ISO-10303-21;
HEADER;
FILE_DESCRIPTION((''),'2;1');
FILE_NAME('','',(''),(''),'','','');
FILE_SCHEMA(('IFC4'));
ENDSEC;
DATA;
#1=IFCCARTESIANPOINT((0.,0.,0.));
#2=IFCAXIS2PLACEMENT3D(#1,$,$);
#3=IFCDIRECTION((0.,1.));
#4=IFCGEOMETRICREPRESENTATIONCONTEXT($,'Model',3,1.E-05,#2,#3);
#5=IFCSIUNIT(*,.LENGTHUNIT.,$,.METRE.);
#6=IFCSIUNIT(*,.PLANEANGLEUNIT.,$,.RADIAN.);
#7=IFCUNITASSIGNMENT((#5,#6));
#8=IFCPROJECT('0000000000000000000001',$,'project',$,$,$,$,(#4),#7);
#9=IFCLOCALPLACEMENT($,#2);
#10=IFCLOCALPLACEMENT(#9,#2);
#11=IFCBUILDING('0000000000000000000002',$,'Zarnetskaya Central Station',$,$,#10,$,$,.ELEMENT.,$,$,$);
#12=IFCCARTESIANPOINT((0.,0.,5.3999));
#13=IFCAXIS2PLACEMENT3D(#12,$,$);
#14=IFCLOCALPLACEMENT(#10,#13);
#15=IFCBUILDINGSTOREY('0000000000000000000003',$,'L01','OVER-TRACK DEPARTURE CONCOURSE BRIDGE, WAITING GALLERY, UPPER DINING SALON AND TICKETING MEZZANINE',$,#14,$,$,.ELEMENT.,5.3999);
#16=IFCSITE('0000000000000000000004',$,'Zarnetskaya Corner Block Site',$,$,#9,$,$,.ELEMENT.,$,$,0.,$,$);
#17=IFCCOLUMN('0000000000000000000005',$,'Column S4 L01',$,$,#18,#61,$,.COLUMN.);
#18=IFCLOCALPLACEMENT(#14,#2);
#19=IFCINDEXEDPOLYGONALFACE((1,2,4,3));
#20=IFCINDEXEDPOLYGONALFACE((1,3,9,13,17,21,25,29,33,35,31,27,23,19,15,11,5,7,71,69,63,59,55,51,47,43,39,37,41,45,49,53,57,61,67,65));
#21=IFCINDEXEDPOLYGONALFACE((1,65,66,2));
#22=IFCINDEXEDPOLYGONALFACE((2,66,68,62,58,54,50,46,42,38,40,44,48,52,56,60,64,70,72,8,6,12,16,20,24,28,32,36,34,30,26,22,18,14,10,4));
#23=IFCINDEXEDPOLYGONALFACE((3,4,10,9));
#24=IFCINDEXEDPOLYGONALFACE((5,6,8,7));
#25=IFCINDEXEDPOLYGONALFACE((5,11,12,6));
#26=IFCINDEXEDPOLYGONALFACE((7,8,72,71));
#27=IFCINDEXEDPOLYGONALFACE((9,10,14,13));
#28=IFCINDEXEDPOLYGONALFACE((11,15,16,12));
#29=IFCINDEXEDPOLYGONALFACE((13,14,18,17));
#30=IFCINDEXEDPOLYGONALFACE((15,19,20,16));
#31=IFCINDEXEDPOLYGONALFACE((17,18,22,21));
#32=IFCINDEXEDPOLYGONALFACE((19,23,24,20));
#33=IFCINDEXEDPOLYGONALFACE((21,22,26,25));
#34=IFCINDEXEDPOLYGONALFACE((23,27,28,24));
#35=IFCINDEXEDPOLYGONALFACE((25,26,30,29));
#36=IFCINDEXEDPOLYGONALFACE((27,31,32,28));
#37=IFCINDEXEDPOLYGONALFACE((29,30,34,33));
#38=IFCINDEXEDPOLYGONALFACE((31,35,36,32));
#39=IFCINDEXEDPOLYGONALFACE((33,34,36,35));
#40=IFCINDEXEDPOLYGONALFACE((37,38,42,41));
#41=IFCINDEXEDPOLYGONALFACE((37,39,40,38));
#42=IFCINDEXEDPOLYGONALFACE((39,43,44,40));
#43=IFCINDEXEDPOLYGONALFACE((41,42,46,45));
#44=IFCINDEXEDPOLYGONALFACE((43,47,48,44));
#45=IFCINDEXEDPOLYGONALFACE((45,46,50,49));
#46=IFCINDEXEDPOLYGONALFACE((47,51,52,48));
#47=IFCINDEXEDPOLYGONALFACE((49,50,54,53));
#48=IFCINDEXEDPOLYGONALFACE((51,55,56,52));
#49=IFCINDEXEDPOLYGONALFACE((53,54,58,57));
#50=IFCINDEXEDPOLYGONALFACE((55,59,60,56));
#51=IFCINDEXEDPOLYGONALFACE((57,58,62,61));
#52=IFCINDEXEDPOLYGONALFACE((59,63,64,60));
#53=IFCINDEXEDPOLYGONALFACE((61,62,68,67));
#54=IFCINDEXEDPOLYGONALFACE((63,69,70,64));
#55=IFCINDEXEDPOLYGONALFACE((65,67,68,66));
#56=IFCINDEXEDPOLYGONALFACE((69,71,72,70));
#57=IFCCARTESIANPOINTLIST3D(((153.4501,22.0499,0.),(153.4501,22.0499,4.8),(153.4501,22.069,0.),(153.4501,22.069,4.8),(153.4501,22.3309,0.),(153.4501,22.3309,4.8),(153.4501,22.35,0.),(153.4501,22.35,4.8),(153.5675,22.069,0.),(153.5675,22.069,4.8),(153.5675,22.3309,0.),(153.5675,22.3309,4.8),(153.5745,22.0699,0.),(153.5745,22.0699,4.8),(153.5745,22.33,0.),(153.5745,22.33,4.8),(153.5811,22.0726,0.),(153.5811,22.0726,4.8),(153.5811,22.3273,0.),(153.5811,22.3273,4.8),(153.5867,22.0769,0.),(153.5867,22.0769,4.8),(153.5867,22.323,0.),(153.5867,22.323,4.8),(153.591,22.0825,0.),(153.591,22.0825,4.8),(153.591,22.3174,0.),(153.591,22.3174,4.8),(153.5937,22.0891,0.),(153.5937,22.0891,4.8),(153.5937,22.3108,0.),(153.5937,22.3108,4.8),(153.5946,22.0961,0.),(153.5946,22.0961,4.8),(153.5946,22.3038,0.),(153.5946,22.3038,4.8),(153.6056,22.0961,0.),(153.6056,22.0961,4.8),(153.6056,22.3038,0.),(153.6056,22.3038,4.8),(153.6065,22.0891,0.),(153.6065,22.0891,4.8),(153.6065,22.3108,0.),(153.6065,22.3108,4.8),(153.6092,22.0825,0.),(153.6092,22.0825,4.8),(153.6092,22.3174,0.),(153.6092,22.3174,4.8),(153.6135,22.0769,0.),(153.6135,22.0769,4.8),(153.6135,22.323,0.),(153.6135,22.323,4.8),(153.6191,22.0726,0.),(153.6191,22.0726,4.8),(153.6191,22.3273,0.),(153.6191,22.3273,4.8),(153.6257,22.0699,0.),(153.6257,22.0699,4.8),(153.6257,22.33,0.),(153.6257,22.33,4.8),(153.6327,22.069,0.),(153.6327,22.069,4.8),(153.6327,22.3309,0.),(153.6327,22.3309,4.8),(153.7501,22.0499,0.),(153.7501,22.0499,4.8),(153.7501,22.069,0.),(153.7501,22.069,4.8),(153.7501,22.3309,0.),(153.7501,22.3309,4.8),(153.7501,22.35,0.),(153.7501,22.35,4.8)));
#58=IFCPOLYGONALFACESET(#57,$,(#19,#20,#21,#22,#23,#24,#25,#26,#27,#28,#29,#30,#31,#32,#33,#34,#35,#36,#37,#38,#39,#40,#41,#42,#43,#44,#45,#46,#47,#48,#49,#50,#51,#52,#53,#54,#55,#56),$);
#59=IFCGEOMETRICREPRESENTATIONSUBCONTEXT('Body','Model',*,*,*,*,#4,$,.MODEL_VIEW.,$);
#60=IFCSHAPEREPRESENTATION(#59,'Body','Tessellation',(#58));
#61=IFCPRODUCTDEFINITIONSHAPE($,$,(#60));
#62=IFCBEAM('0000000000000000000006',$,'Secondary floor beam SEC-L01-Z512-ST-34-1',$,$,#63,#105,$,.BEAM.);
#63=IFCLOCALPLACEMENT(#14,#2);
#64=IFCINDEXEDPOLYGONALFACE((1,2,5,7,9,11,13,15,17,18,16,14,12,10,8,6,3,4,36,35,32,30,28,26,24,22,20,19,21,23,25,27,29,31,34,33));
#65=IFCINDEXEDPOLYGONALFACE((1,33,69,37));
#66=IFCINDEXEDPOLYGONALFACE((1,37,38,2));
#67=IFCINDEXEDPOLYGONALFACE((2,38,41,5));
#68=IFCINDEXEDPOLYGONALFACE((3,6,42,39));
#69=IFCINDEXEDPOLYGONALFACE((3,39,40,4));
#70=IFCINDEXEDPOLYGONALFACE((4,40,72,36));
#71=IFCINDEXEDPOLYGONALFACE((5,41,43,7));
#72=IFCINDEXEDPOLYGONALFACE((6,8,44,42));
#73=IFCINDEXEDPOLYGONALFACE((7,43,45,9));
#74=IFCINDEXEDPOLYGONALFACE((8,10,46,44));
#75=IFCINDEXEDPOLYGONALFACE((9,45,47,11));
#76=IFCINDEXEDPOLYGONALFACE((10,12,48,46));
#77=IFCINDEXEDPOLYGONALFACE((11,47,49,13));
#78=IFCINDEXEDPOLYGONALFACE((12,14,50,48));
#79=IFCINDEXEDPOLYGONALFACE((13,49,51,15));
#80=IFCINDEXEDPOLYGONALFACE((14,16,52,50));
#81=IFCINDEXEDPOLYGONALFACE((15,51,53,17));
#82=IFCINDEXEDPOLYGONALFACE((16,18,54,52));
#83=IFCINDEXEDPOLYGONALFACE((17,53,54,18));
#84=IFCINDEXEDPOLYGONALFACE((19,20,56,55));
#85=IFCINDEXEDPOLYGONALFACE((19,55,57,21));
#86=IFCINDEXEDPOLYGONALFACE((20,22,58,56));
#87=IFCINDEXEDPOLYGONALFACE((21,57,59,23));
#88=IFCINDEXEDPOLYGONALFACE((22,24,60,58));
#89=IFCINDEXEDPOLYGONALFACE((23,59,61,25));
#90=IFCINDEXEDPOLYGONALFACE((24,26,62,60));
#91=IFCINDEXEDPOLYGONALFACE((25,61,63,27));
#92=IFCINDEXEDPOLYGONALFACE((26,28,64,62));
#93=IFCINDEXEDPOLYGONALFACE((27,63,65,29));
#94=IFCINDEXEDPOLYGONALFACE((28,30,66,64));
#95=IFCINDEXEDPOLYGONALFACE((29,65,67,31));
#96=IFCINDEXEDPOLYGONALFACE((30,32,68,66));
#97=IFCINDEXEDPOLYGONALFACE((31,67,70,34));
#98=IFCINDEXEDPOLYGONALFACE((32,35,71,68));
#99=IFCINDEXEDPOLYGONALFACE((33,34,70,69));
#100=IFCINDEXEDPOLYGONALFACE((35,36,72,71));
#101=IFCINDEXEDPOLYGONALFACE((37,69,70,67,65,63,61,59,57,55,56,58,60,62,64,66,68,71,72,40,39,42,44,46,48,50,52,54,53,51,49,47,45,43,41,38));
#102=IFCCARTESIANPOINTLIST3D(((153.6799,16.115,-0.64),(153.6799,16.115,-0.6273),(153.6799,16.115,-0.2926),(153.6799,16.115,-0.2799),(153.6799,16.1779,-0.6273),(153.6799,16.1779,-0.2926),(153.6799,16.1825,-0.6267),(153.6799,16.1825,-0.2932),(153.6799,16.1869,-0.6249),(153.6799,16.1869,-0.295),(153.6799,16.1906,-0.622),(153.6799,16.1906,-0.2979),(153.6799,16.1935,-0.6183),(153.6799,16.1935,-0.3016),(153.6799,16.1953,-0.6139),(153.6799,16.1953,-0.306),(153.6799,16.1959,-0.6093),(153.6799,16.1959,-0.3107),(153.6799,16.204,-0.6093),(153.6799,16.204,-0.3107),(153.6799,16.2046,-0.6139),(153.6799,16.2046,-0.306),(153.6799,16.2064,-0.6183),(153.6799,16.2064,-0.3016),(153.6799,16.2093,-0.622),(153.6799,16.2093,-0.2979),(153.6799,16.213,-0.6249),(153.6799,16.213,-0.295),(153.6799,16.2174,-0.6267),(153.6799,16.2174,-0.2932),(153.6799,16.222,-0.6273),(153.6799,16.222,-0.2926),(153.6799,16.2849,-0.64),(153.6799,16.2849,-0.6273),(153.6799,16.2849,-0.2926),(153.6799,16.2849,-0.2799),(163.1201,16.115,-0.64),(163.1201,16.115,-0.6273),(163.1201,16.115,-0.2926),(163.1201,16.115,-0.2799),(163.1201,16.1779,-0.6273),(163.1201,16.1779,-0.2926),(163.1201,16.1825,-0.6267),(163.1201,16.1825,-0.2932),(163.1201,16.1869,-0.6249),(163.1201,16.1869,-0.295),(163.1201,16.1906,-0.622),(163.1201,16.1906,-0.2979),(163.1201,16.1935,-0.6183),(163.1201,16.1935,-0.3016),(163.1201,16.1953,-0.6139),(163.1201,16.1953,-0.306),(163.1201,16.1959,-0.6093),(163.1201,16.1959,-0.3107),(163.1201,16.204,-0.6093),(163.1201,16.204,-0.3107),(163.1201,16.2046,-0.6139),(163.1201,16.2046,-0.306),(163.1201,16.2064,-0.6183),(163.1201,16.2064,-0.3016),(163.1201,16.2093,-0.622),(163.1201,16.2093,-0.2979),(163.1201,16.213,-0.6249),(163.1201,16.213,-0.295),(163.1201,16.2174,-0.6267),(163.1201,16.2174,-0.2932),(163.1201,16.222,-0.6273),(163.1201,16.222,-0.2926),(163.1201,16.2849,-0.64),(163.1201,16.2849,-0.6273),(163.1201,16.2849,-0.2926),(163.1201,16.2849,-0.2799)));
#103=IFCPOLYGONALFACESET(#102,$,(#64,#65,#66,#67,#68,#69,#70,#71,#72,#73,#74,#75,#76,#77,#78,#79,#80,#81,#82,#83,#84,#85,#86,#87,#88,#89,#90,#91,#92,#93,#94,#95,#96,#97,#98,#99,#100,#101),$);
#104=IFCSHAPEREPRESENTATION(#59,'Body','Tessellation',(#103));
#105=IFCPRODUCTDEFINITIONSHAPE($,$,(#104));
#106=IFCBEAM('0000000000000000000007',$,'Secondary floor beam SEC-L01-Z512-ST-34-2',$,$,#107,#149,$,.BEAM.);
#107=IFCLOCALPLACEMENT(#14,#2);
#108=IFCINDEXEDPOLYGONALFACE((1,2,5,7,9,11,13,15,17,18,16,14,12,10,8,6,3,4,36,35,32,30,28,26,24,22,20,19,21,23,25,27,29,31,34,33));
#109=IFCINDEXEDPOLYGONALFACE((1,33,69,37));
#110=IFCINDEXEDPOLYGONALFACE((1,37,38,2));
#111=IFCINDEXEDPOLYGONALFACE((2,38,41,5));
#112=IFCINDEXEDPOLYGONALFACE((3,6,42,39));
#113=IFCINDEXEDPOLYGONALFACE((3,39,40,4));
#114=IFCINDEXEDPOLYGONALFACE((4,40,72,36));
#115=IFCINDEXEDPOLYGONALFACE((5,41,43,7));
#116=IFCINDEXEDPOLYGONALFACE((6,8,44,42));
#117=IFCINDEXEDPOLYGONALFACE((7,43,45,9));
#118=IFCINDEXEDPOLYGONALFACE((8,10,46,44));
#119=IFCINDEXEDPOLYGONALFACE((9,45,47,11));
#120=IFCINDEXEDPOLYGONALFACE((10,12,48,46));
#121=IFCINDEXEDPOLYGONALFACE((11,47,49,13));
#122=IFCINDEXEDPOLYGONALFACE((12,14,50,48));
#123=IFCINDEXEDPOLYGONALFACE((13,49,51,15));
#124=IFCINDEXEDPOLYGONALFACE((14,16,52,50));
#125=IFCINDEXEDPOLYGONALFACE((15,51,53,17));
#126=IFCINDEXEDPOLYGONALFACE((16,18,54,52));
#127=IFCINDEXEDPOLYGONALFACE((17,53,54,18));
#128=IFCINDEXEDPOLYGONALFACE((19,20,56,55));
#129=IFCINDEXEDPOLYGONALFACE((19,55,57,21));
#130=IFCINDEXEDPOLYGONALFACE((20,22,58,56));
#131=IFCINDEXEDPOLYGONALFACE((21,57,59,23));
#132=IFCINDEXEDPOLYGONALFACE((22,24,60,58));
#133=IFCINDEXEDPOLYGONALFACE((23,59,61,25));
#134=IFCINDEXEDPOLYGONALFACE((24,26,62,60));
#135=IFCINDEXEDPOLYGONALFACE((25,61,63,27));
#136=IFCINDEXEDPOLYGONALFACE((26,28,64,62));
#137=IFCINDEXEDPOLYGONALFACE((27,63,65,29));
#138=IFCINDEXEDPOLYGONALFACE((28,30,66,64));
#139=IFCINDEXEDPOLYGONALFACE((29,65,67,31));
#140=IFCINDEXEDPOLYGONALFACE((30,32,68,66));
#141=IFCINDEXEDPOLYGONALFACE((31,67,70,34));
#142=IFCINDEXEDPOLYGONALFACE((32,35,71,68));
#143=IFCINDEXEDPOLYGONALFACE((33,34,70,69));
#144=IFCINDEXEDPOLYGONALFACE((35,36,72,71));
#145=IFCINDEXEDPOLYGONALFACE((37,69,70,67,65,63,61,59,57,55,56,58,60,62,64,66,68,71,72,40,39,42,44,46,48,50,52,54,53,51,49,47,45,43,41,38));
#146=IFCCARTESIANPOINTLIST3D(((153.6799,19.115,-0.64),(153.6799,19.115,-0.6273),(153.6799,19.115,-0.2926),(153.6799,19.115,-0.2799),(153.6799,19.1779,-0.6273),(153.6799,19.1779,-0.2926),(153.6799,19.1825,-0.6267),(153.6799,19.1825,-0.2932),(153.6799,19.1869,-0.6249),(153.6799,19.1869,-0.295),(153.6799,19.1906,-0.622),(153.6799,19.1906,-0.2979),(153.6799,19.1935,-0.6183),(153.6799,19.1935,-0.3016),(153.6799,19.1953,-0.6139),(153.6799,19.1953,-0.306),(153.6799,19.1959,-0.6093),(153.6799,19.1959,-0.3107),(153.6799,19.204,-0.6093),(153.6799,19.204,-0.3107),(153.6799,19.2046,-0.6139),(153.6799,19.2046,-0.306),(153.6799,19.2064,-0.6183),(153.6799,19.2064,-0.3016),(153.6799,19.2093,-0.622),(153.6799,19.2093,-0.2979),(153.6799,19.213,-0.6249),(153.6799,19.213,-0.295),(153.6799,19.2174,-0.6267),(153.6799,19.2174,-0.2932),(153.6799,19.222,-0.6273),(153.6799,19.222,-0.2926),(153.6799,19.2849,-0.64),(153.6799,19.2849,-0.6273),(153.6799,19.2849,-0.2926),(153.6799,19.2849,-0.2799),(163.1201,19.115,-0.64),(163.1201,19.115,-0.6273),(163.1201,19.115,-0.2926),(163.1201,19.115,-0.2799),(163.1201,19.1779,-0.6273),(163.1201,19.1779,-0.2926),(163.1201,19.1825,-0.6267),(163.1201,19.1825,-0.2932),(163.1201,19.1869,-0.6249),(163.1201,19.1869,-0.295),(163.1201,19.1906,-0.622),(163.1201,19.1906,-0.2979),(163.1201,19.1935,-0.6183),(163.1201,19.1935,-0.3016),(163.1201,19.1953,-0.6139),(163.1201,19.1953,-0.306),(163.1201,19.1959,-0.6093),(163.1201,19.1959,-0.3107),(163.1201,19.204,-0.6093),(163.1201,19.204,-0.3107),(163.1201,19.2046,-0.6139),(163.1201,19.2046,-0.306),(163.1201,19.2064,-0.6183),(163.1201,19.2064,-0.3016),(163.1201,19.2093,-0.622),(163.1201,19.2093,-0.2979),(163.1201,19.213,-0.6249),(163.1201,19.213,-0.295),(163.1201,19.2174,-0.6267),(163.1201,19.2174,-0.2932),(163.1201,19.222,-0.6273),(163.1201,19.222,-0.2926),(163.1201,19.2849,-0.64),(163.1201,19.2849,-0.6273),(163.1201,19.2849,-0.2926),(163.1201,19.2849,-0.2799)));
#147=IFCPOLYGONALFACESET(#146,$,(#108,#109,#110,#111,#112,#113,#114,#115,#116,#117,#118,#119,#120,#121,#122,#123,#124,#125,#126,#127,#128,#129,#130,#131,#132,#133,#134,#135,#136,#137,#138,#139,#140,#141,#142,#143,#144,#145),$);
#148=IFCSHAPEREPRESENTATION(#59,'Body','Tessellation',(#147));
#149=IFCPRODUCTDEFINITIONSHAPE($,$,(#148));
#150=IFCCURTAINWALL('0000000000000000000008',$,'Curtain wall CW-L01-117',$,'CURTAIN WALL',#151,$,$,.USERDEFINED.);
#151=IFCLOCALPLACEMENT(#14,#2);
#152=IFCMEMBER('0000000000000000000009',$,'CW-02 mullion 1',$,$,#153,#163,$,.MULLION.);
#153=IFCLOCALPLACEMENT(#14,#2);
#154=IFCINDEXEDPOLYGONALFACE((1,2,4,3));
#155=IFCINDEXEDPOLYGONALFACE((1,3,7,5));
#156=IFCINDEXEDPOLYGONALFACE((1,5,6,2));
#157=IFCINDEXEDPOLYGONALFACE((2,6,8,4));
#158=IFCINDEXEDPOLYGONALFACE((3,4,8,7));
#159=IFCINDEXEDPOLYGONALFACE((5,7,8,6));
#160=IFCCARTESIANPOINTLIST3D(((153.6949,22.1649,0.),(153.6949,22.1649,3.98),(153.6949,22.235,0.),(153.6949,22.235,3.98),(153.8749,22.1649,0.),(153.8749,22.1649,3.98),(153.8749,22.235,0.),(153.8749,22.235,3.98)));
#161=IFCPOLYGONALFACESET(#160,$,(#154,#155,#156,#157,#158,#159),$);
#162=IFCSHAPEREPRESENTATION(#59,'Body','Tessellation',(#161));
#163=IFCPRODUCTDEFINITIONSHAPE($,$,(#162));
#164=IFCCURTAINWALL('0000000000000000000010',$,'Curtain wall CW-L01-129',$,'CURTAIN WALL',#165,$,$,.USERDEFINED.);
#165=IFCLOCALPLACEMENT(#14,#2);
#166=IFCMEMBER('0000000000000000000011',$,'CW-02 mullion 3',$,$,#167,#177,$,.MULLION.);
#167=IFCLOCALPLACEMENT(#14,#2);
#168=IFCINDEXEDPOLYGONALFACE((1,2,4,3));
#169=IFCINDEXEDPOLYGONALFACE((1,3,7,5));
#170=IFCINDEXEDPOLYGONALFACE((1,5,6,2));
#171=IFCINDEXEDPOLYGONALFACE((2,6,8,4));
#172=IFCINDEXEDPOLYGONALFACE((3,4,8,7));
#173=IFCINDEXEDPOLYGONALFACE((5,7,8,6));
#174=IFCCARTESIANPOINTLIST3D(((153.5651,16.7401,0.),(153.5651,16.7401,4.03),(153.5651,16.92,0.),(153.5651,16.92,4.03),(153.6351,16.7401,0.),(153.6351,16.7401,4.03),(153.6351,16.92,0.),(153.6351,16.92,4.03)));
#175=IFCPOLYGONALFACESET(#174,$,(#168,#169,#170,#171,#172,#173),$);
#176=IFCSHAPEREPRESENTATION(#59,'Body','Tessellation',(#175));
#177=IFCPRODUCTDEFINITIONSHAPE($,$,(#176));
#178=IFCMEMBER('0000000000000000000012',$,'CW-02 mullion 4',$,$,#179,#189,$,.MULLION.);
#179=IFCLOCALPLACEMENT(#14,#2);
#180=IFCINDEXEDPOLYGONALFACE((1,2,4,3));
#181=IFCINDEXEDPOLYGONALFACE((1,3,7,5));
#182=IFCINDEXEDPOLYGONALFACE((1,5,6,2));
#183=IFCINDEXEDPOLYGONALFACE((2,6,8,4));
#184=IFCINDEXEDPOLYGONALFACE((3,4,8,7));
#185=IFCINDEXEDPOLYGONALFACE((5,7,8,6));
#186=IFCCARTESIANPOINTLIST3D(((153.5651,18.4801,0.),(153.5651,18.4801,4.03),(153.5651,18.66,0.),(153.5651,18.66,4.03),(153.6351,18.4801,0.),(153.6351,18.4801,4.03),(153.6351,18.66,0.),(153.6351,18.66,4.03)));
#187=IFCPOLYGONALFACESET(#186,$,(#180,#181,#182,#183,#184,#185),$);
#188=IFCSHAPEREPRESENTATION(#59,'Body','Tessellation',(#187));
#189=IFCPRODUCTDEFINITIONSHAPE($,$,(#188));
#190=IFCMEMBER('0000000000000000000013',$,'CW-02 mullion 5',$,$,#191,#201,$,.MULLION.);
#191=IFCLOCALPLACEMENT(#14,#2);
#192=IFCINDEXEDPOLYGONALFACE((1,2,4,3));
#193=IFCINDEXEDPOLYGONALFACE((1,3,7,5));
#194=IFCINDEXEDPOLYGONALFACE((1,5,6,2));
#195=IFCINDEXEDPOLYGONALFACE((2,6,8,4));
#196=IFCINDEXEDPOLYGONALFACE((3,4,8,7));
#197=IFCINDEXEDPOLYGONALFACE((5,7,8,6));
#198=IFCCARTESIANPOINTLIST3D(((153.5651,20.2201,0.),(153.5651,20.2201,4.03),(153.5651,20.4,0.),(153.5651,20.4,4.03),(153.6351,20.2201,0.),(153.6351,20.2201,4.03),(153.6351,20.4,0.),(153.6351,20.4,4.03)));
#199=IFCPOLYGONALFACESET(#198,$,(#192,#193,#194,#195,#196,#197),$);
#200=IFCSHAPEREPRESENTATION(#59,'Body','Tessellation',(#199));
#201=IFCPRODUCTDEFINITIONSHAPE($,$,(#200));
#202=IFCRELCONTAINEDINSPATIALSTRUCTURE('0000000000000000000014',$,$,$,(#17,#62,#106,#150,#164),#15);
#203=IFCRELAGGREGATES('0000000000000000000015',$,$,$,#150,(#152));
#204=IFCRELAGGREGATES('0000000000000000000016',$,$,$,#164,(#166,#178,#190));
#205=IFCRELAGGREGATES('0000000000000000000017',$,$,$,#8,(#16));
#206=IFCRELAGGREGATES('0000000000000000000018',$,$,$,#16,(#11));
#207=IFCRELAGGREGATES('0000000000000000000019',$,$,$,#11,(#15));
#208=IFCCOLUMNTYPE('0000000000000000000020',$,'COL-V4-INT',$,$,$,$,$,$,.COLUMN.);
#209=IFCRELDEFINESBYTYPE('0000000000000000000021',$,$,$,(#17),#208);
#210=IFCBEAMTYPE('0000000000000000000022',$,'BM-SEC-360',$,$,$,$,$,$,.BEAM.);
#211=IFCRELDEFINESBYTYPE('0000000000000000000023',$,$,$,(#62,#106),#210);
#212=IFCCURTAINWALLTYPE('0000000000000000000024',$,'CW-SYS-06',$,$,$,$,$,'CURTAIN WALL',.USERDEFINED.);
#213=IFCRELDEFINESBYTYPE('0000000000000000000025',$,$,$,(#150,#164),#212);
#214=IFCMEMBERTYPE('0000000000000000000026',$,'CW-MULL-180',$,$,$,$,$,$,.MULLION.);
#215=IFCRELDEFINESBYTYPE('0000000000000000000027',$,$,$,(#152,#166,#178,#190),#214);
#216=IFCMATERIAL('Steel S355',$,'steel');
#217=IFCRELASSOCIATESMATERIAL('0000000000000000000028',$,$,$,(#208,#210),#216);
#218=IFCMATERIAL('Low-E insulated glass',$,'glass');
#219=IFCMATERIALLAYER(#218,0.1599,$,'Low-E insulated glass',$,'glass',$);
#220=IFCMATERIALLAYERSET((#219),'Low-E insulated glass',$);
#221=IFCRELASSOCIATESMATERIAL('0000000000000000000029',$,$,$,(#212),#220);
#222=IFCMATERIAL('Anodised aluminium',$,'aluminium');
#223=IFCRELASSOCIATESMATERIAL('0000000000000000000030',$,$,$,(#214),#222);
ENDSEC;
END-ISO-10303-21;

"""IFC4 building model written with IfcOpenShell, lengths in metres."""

from ifc_helpers import new_model, si_unit, direction, frame, origin, origin_2d, place, context, subcontext, project, spatial, rectangle, i_section, extrude, material, layer, layer_set, material_profile, profile_set, type_object, element, aggregate, save


model = new_model("IFC4")

# Units and contexts
model_context = context("Model", 3, precision=1e-05, world=origin(), true_north=direction((0.0, 1.0)))
body_context = subcontext(model_context, "Body", "Model", "MODEL_VIEW")
ifc_project = project(units=[si_unit("LENGTHUNIT", "METRE"), si_unit("PLANEANGLEUNIT", "RADIAN")], contexts=[model_context])

# Site, building, storey
site_placement = place(None, origin())
site = spatial("IfcSite", under=ifc_project, at=site_placement, Name="Zarnetskaya Corner Block Site", CompositionType="ELEMENT", RefElevation=0.0)
building_placement = place(site_placement, origin())
building = spatial("IfcBuilding", under=site, at=building_placement, Name="Zarnetskaya Central Station", CompositionType="ELEMENT")
storey_placement = place(building_placement, frame((0.0, 0.0, 5.3999)))
storey = spatial("IfcBuildingStorey", under=building, at=storey_placement, Name="L01", Description="OVER-TRACK DEPARTURE CONCOURSE BRIDGE, WAITING GALLERY, UPPER DINING SALON AND TICKETING MEZZANINE", CompositionType="ELEMENT", Elevation=5.3999)

# Column
ifc_material_1 = material(Name="Steel S355", Category="steel")
ifc_material_profile_1 = material_profile(ifc_material_1, i_section(OverallWidth=0.3, OverallDepth=0.3, WebThickness=0.011, FlangeThickness=0.019, FilletRadius=0.0271, at=origin_2d()), Name="HEB 300")
ifc_profile_set_1 = profile_set([ifc_material_profile_1], Name="Steel S355")
column_type = type_object("IfcColumnType", Name="COL-V4-INT", PredefinedType="COLUMN", material=ifc_profile_set_1)
column_placement = place(storey_placement, frame((153.6001, 22.2, 0.0), z_axis=(0.0, 0.0, 1.0), x_axis=(1.0, 0.0, 0.0)))
element("IfcColumn", 1, at=column_placement, inside=storey, type_object=column_type, Name="Column S4 L01", PredefinedType="COLUMN", context=body_context, shape_type="SweptSolid", body=[
    extrude(i_section(OverallWidth=0.3, OverallDepth=0.3, WebThickness=0.011, FlangeThickness=0.019, FilletRadius=0.0271, at=origin_2d()), origin(), (0.0, 0.0, 1.0), 4.8),
])

# Beams
ifc_material_profile_2 = material_profile(ifc_material_1, i_section(OverallWidth=0.1699, OverallDepth=0.3601, WebThickness=0.0081, FlangeThickness=0.0127, FilletRadius=0.0181, at=origin_2d()), Name="IPE 360")
ifc_profile_set_2 = profile_set([ifc_material_profile_2], Name="Steel S355")
beam_type_1 = type_object("IfcBeamType", Name="BM-SEC-360", PredefinedType="BEAM", material=ifc_profile_set_2)
for number, where, z_axis, x_axis, name in (
    (2, (153.6799, 16.2, -0.46), (1.0, 0.0, 0.0), (0.0, 1.0, 0.0), "Secondary floor beam SEC-L01-Z512-ST-34-1"),
    (3, (153.6799, 19.2, -0.46), (1.0, 0.0, 0.0), (0.0, 1.0, 0.0), "Secondary floor beam SEC-L01-Z512-ST-34-2"),
):
    element("IfcBeam", number, at=place(storey_placement, frame(where, z_axis=z_axis, x_axis=x_axis)), inside=storey, type_object=beam_type_1, Name=name, PredefinedType="BEAM", context=body_context, shape_type="SweptSolid", body=[
        extrude(i_section(OverallWidth=0.1699, OverallDepth=0.3601, WebThickness=0.0081, FlangeThickness=0.0127, FilletRadius=0.0181, at=origin_2d()), origin(), (0.0, 0.0, 1.0), 9.4402),
    ])

# Curtain wall, member
ifc_material_2 = material(Name="Low-E insulated glass", Category="glass")
ifc_layer_1 = layer(ifc_material_2, 0.1599, Name="Low-E insulated glass", Category="glass")
ifc_layer_set_1 = layer_set([ifc_layer_1], Name="Low-E insulated glass")
curtain_wall_type = type_object("IfcCurtainWallType", Name="CW-SYS-06", ElementType="CURTAIN WALL", PredefinedType="USERDEFINED", material=ifc_layer_set_1)
curtain_wall_1_placement = place(storey_placement, origin())
curtain_wall_1 = element("IfcCurtainWall", 4, at=curtain_wall_1_placement, inside=storey, type_object=curtain_wall_type, Name="Curtain wall CW-L01-117", ObjectType="CURTAIN WALL", PredefinedType="USERDEFINED")
ifc_material_3 = material(Name="Anodised aluminium", Category="aluminium")
ifc_material_profile_3 = material_profile(ifc_material_3, rectangle(XDim=0.0701, YDim=0.1799, at=origin_2d()), Name="ALU MULL 70x180")
ifc_profile_set_3 = profile_set([ifc_material_profile_3], Name="Anodised aluminium")
member_type_1 = type_object("IfcMemberType", Name="CW-MULL-180", PredefinedType="MULLION", material=ifc_profile_set_3)
member_1_placement = place(storey_placement, frame((153.7849, 22.2, 0.0), z_axis=(0.0, 0.0, 1.0), x_axis=(0.0, 1.0, 0.0)))
member_1 = element("IfcMember", 5, at=member_1_placement, type_object=member_type_1, Name="CW-02 mullion 1", PredefinedType="MULLION", context=body_context, shape_type="SweptSolid", body=[
    extrude(rectangle(XDim=0.0701, YDim=0.1799, at=origin_2d()), origin(), (0.0, 0.0, 1.0), 3.98),
])

# Curtain wall, members
curtain_wall_2_placement = place(storey_placement, origin())
curtain_wall_2 = element("IfcCurtainWall", 6, at=curtain_wall_2_placement, inside=storey, type_object=curtain_wall_type, Name="Curtain wall CW-L01-129", ObjectType="CURTAIN WALL", PredefinedType="USERDEFINED")
member_2_placement = place(storey_placement, frame((153.6001, 16.8301, 0.0), z_axis=(0.0, 0.0, 1.0), x_axis=(-1.0, 0.0, 0.0)))
member_2 = element("IfcMember", 7, at=member_2_placement, type_object=member_type_1, Name="CW-02 mullion 3", PredefinedType="MULLION", context=body_context, shape_type="SweptSolid", body=[
    extrude(rectangle(XDim=0.0701, YDim=0.1799, at=origin_2d()), origin(), (0.0, 0.0, 1.0), 4.03),
])
member_3_placement = place(storey_placement, frame((153.6001, 18.5701, 0.0), z_axis=(0.0, 0.0, 1.0), x_axis=(-1.0, 0.0, 0.0)))
member_3 = element("IfcMember", 8, at=member_3_placement, type_object=member_type_1, Name="CW-02 mullion 4", PredefinedType="MULLION", context=body_context, shape_type="SweptSolid", body=[
    extrude(rectangle(XDim=0.0701, YDim=0.1799, at=origin_2d()), origin(), (0.0, 0.0, 1.0), 4.03),
])
member_4_placement = place(storey_placement, frame((153.6001, 20.3101, 0.0), z_axis=(0.0, 0.0, 1.0), x_axis=(-1.0, 0.0, 0.0)))
member_4 = element("IfcMember", 9, at=member_4_placement, type_object=member_type_1, Name="CW-02 mullion 5", PredefinedType="MULLION", context=body_context, shape_type="SweptSolid", body=[
    extrude(rectangle(XDim=0.0701, YDim=0.1799, at=origin_2d()), origin(), (0.0, 0.0, 1.0), 4.03),
])

aggregate(curtain_wall_1, [member_1])

aggregate(curtain_wall_2, [member_2, member_3, member_4])

save(model, "model.ifc")
